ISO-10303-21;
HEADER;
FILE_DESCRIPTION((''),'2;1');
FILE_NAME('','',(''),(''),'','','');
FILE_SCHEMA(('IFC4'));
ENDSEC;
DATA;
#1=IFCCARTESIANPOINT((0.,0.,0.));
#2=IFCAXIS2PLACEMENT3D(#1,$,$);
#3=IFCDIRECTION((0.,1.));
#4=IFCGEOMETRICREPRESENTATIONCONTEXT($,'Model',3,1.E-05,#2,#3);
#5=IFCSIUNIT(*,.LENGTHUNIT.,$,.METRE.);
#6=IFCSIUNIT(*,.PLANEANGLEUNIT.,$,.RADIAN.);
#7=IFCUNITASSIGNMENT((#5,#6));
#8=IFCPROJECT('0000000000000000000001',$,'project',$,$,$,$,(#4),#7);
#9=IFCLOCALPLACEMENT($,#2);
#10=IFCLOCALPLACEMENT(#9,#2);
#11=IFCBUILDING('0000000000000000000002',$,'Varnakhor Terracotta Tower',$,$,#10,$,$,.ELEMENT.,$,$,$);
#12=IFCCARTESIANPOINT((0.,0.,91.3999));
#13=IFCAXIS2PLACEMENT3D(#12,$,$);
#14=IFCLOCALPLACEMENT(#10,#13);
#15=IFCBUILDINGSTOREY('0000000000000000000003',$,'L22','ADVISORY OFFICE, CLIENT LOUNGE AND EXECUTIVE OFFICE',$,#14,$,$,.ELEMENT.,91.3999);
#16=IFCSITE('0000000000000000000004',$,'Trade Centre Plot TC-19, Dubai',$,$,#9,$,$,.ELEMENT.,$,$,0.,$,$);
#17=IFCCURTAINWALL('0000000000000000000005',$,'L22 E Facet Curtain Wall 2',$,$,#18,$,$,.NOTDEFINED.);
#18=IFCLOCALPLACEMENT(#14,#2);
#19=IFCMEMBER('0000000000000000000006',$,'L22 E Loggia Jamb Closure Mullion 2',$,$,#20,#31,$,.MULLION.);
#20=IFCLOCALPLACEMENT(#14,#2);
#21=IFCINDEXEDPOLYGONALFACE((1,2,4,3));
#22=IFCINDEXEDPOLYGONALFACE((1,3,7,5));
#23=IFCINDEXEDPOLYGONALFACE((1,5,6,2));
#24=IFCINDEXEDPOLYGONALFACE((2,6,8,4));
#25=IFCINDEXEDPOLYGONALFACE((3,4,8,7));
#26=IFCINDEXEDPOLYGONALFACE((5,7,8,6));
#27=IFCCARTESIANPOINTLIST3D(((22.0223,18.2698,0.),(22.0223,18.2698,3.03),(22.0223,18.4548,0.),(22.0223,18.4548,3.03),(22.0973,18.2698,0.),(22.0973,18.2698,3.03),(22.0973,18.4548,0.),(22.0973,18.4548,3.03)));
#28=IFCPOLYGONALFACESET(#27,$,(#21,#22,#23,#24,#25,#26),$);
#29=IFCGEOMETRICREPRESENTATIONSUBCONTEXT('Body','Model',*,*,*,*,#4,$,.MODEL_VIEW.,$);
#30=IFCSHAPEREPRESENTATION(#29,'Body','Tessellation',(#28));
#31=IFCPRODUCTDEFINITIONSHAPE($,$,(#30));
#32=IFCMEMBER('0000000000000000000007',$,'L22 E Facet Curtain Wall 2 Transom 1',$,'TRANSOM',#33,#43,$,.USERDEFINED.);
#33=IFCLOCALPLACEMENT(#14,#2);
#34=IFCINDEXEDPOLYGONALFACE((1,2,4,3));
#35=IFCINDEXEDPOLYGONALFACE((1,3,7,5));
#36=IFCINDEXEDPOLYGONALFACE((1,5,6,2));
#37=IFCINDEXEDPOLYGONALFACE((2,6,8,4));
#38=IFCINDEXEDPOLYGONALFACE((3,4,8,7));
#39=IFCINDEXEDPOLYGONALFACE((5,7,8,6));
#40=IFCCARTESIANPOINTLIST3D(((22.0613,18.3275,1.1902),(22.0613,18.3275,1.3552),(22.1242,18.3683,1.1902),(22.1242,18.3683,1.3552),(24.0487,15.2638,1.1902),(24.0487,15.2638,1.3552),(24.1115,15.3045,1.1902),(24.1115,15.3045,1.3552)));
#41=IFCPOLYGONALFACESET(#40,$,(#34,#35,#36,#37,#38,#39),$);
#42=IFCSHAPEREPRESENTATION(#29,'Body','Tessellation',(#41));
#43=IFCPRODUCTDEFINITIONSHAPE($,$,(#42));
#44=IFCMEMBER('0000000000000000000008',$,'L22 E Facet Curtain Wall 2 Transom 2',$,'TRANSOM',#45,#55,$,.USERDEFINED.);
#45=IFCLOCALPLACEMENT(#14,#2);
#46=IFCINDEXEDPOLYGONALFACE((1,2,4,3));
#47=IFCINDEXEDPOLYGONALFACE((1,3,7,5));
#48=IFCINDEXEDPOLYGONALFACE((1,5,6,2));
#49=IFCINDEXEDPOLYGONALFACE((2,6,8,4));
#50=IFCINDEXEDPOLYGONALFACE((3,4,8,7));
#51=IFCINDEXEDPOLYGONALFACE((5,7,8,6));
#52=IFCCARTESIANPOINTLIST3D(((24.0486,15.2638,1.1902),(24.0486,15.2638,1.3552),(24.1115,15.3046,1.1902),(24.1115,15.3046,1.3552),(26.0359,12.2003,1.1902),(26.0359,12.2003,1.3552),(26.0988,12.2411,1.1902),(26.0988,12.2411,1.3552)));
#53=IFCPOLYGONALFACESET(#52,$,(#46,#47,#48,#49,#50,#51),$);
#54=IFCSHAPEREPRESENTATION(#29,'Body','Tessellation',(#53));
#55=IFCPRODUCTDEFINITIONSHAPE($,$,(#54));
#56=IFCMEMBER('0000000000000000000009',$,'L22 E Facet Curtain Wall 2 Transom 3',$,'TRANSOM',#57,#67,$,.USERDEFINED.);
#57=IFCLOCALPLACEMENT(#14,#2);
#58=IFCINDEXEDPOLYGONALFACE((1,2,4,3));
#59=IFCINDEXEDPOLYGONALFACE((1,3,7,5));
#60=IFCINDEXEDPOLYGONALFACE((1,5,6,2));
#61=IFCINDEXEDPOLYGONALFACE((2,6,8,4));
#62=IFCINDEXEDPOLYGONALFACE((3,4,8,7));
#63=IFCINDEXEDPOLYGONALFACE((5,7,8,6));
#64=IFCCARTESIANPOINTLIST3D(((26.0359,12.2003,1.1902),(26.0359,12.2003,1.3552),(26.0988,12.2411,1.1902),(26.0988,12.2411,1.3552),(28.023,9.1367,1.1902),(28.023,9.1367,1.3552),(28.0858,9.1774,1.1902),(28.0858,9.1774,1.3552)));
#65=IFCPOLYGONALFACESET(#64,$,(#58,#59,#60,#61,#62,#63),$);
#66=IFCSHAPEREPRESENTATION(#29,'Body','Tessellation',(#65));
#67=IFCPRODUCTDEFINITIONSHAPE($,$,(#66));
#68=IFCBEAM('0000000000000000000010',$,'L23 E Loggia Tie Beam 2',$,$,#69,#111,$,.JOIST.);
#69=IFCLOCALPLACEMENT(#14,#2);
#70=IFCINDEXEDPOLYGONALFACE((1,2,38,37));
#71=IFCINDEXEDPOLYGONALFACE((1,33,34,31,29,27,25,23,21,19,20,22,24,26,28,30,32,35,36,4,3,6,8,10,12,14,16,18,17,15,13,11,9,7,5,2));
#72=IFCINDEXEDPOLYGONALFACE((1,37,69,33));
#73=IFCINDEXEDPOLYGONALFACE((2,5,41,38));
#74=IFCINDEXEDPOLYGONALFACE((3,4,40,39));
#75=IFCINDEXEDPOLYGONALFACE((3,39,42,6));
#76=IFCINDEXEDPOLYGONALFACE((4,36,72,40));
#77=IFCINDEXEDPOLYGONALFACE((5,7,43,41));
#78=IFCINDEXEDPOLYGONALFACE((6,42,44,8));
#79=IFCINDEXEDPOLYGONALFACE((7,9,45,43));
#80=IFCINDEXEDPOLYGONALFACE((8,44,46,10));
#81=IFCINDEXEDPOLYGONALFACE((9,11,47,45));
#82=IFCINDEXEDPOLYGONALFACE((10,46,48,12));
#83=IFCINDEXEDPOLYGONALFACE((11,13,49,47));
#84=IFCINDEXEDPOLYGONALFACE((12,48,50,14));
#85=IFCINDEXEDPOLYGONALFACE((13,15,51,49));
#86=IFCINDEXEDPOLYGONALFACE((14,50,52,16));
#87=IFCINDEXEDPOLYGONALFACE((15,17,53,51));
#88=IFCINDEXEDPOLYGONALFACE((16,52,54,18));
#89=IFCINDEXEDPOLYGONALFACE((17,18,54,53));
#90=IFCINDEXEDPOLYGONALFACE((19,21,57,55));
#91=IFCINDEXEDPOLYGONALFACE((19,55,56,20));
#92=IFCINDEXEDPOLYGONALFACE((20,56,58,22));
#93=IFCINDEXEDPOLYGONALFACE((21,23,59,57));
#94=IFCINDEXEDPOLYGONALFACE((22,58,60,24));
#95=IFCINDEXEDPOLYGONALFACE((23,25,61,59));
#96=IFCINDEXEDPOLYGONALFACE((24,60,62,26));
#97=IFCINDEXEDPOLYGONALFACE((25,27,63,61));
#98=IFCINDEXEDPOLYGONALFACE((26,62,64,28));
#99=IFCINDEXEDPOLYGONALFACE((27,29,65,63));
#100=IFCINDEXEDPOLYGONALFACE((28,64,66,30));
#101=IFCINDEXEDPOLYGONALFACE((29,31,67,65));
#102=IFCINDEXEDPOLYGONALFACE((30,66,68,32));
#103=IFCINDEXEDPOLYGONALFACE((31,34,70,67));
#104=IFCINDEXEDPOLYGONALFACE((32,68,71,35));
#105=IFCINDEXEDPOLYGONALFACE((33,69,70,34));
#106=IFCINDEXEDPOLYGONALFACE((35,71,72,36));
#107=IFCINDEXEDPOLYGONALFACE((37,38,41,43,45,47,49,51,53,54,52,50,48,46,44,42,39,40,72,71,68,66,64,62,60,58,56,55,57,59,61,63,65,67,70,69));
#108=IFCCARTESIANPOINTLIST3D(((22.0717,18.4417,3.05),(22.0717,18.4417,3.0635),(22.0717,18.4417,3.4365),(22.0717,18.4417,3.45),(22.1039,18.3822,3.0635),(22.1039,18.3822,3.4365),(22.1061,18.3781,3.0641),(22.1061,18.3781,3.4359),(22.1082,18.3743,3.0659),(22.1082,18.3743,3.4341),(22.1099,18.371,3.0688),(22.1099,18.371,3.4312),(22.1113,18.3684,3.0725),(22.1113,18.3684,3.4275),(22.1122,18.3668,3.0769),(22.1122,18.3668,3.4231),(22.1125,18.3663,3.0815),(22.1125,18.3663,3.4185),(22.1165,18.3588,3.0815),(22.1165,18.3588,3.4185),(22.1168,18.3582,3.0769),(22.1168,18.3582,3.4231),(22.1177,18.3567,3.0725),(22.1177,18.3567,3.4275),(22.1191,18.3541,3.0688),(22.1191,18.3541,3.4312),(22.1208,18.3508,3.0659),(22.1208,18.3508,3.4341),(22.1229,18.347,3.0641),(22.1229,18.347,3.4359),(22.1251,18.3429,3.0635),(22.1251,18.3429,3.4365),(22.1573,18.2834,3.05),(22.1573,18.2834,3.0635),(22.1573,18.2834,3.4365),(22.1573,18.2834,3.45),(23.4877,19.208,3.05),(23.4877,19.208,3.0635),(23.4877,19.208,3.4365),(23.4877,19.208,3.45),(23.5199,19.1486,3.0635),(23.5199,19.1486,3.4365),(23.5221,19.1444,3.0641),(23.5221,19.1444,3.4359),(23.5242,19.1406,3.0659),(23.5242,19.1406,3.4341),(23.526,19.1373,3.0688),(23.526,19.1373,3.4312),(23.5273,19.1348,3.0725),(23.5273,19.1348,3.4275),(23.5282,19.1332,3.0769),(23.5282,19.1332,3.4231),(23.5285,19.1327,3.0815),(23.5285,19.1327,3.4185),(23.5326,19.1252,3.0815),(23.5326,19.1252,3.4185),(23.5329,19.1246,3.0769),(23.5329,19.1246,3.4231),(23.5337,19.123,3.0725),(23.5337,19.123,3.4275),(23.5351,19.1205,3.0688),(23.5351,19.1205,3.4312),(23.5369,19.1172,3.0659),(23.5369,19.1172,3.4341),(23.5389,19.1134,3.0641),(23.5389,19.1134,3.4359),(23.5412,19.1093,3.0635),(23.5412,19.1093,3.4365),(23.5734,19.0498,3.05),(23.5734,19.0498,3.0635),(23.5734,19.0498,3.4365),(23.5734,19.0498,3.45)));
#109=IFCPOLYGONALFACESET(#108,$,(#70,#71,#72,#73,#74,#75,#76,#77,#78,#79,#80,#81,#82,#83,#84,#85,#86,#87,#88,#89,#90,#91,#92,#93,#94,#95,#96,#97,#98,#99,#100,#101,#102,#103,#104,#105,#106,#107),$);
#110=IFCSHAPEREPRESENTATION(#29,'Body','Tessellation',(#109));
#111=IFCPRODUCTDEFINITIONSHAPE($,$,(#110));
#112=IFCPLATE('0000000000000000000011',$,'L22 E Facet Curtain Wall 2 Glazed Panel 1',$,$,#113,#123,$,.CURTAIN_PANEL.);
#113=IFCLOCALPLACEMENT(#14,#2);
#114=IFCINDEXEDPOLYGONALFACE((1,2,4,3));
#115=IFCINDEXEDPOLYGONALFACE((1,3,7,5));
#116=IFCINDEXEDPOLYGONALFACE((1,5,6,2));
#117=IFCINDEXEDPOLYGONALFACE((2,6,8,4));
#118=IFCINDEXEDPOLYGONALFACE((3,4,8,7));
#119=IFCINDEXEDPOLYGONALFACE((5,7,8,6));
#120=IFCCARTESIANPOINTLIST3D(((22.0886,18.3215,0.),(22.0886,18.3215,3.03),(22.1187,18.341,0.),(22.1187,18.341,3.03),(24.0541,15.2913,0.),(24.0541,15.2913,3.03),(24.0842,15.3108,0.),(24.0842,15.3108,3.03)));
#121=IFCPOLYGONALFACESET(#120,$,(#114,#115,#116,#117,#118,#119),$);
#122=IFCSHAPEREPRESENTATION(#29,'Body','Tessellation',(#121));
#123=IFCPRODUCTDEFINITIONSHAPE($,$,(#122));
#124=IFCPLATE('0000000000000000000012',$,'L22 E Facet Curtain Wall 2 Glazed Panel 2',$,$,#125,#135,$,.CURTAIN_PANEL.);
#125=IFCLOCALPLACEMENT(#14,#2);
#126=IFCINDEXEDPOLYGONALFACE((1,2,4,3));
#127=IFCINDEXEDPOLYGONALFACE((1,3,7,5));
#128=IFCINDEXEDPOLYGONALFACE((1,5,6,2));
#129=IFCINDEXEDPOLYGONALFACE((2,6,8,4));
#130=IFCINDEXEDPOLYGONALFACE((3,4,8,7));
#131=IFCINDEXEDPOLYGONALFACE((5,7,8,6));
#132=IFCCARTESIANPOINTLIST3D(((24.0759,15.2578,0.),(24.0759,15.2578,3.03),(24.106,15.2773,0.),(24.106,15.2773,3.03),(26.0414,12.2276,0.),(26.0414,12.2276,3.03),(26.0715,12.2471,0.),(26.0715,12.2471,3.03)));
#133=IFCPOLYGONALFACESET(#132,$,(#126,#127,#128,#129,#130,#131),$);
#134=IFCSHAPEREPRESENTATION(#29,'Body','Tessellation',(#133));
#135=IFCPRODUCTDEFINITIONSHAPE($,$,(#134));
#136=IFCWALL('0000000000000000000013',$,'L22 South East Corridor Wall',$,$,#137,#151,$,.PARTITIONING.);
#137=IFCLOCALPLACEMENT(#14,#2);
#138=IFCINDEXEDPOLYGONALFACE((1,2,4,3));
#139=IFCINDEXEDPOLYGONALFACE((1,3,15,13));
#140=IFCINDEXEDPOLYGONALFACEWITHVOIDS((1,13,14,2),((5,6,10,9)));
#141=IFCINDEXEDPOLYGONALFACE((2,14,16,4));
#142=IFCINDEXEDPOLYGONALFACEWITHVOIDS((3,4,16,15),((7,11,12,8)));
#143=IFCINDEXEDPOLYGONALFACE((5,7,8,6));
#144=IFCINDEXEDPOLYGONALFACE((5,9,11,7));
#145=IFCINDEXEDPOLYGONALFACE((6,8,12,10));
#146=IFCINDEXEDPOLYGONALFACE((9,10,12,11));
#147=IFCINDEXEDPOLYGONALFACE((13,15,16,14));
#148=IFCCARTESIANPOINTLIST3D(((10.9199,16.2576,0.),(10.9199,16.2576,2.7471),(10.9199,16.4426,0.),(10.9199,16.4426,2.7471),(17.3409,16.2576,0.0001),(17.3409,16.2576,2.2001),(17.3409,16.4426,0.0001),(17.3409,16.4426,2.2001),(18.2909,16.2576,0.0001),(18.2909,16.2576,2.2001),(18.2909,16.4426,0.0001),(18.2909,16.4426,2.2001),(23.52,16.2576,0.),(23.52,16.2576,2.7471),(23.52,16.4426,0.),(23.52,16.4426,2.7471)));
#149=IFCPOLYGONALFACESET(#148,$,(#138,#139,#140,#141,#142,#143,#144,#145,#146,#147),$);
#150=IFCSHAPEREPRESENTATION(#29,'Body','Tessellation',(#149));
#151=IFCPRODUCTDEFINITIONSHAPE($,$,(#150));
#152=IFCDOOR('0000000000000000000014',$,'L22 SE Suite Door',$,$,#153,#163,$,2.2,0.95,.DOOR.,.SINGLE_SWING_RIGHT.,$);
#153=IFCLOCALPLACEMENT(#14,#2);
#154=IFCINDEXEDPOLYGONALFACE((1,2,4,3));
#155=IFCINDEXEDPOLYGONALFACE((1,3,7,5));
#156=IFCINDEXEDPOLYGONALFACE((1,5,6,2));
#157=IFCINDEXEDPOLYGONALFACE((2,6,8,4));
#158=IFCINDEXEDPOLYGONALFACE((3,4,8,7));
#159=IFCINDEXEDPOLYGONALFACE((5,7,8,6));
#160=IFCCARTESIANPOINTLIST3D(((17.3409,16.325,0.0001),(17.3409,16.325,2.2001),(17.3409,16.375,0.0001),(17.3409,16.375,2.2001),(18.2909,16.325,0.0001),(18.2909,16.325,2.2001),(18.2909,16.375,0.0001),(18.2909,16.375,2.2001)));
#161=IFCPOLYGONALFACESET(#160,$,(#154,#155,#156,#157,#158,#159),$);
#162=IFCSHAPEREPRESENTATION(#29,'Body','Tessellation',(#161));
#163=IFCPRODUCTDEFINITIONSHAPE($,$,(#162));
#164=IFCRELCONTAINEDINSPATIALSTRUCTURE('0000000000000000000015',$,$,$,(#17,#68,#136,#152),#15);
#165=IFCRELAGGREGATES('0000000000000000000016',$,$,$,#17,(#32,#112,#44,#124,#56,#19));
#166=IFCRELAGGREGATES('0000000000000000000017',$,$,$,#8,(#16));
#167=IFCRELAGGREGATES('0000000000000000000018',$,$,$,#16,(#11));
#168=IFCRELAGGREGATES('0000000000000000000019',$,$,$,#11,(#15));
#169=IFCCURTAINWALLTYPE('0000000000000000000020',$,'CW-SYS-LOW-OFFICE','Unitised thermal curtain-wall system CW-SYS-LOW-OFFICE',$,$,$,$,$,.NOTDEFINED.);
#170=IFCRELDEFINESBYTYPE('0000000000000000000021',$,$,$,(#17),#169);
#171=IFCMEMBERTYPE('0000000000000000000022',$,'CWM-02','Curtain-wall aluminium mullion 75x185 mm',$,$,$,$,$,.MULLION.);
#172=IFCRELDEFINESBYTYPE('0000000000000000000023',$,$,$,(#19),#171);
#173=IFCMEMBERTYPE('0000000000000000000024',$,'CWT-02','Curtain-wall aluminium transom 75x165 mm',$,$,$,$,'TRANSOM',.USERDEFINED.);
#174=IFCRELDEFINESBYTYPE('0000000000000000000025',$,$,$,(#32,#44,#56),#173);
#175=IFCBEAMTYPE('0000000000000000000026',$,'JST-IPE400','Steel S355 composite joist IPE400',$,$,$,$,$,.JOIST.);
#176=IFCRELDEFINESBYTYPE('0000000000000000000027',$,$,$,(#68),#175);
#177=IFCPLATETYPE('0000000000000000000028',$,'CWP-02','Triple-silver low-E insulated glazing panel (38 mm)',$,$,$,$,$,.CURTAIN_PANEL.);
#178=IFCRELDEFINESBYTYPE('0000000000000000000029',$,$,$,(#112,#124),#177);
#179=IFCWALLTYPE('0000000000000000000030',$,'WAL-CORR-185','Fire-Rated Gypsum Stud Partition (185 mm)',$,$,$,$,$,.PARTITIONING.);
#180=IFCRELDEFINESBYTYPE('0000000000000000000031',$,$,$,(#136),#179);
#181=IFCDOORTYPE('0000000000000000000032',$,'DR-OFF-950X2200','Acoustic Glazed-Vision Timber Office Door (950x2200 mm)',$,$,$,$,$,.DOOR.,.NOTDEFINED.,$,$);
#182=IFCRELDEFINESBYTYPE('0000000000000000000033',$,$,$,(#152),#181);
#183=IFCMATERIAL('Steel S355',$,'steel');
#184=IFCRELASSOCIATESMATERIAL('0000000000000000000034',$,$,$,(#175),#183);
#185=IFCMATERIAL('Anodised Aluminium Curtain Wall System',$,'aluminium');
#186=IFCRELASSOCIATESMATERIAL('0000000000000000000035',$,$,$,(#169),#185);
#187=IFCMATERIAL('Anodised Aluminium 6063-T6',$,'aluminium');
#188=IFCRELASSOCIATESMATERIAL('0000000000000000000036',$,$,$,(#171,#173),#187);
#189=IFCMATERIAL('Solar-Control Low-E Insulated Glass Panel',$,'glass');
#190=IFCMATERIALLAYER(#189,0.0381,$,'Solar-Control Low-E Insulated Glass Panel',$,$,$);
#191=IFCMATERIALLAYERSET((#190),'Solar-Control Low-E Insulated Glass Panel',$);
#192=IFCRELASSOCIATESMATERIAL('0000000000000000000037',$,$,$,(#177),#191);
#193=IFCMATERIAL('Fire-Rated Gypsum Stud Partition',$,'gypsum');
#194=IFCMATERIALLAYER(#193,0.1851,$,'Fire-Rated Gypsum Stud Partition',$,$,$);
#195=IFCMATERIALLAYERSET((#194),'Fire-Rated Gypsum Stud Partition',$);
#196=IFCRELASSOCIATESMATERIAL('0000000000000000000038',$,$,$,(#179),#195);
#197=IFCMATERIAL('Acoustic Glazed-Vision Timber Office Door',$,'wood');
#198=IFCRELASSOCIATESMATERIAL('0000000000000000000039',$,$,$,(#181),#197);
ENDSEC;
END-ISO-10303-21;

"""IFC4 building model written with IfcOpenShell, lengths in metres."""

from ifc_helpers import new_model, si_unit, direction, frame, frame_2d, origin, origin_2d, place, context, subcontext, project, spatial, rectangle, i_section, extrude, source, transform, mapped, material, layer, layer_set, material_profile, profile_set, type_object, type_shapes, element, fill, aggregate, save


model = new_model("IFC4")

# Units and contexts
model_context = context("Model", 3, precision=1e-05, world=origin(), true_north=direction((0.0, 1.0)))
body_context = subcontext(model_context, "Body", "Model", "MODEL_VIEW")
ifc_project = project(units=[si_unit("LENGTHUNIT", "METRE"), si_unit("PLANEANGLEUNIT", "RADIAN")], contexts=[model_context])

# Site, building, storey
site_placement = place(None, origin())
site = spatial("IfcSite", under=ifc_project, at=site_placement, Name="Trade Centre Plot TC-19, Dubai", CompositionType="ELEMENT", RefElevation=0.0)
building_placement = place(site_placement, origin())
building = spatial("IfcBuilding", under=site, at=building_placement, Name="Varnakhor Terracotta Tower", CompositionType="ELEMENT")
storey_placement = place(building_placement, frame((0.0, 0.0, 91.3999)))
storey = spatial("IfcBuildingStorey", under=building, at=storey_placement, Name="L22", Description="ADVISORY OFFICE, CLIENT LOUNGE AND EXECUTIVE OFFICE", CompositionType="ELEMENT", Elevation=91.3999)

# Shared definitions
ifc_material_1 = material(Name="Steel S355", Category="steel")
ifc_material_profile_1 = material_profile(ifc_material_1, i_section(OverallWidth=0.1799, OverallDepth=0.3999, WebThickness=0.0085, FlangeThickness=0.0134, FilletRadius=0.0181, at=origin_2d()), Name="IPE400")
ifc_profile_set_1 = profile_set([ifc_material_profile_1], Name="Steel S355")
beam_type_1 = type_object("IfcBeamType", Name="JST-IPE400", Description="Steel S355 composite joist IPE400", PredefinedType="JOIST", material=ifc_profile_set_1)

# Curtain wall, members
ifc_material_2 = material(Name="Anodised Aluminium Curtain Wall System", Category="aluminium")
curtain_wall_type = type_object("IfcCurtainWallType", Name="CW-SYS-LOW-OFFICE", Description="Unitised thermal curtain-wall system CW-SYS-LOW-OFFICE", PredefinedType="NOTDEFINED", material=ifc_material_2)
curtain_wall_placement = place(storey_placement, origin())
curtain_wall = element("IfcCurtainWall", 1, at=curtain_wall_placement, inside=storey, type_object=curtain_wall_type, Name="L22 E Facet Curtain Wall 2", PredefinedType="NOTDEFINED")
ifc_material_3 = material(Name="Anodised Aluminium 6063-T6", Category="aluminium")
ifc_material_profile_2 = material_profile(ifc_material_3, rectangle(XDim=0.075, YDim=0.1851, at=origin_2d()), Name="ALU MULLION 75x185")
ifc_profile_set_2 = profile_set([ifc_material_profile_2], Name="Anodised Aluminium 6063-T6")
member_type_1 = type_object("IfcMemberType", Name="CWM-02", Description="Curtain-wall aluminium mullion 75x185 mm", PredefinedType="MULLION", material=ifc_profile_set_2)
shared_shape_1 = source(origin(), body_context, "Body", "SweptSolid", [
    extrude(rectangle(XDim=0.075, YDim=0.1851, at=origin_2d()), origin(), (0.0, 0.0, 1.0), 3.03),
])
type_shapes(member_type_1, [shared_shape_1])
member_1_placement = place(storey_placement, frame((22.0598, 18.3623, 0.0), z_axis=(0.0, 0.0, 1.0), x_axis=(1.0, 0.0, 0.0)))
member_1 = element("IfcMember", 2, at=member_1_placement, type_object=member_type_1, Name="L22 E Loggia Jamb Closure Mullion 2", PredefinedType="MULLION", context=body_context, shape_type="MappedRepresentation", body=[
    mapped(shared_shape_1, transform((0.0, 0.0, 0.0), scale=1.0)),
])
ifc_material_profile_3 = material_profile(ifc_material_3, rectangle(XDim=0.075, YDim=0.165, at=origin_2d()), Name="ALU TRANSOM 75x165")
ifc_profile_set_3 = profile_set([ifc_material_profile_3], Name="Anodised Aluminium 6063-T6")
member_type_2 = type_object("IfcMemberType", Name="CWT-02", Description="Curtain-wall aluminium transom 75x165 mm", ElementType="TRANSOM", PredefinedType="USERDEFINED", material=ifc_profile_set_3)
shared_shape_2 = source(origin(), body_context, "Body", "SweptSolid", [
    extrude(rectangle(XDim=0.075, YDim=0.165, at=origin_2d()), origin(), (0.0, 0.0, 1.0), 3.6519),
])
member_2_placement = place(storey_placement, frame((22.0928, 18.3479, 1.2727), z_axis=(0.544196, -0.838958, 0.0), x_axis=(0.838958, 0.544196, 0.0)))
member_2 = element("IfcMember", 3, at=member_2_placement, type_object=member_type_2, Name="L22 E Facet Curtain Wall 2 Transom 1", ObjectType="TRANSOM", PredefinedType="USERDEFINED", context=body_context, shape_type="MappedRepresentation", body=[
    mapped(shared_shape_2, transform((0.0, 0.0, 0.0), scale=1.0)),
])
shared_shape_3 = source(origin(), body_context, "Body", "SweptSolid", [
    extrude(rectangle(XDim=0.075, YDim=0.165, at=origin_2d()), origin(), (0.0, 0.0, 1.0), 3.6516),
])
member_3_placement = place(storey_placement, frame((24.0801, 15.2842, 1.2727), z_axis=(0.544227, -0.838938, 0.0), x_axis=(0.838938, 0.544227, 0.0)))
member_3 = element("IfcMember", 4, at=member_3_placement, type_object=member_type_2, Name="L22 E Facet Curtain Wall 2 Transom 2", ObjectType="TRANSOM", PredefinedType="USERDEFINED", context=body_context, shape_type="MappedRepresentation", body=[
    mapped(shared_shape_3, transform((0.0, 0.0, 0.0), scale=1.0)),
])
member_4_placement = place(storey_placement, frame((26.0674, 12.2207, 1.2727), z_axis=(0.544149, -0.838989, 0.0), x_axis=(0.838989, 0.544149, 0.0)))
member_4 = element("IfcMember", 5, at=member_4_placement, type_object=member_type_2, Name="L22 E Facet Curtain Wall 2 Transom 3", ObjectType="TRANSOM", PredefinedType="USERDEFINED", context=body_context, shape_type="MappedRepresentation", body=[
    mapped(shared_shape_3, transform((0.0, 0.0, 0.0), scale=1.0)),
])

# Beam
shared_shape_4 = source(origin(), body_context, "Body", "SweptSolid", [
    extrude(i_section(OverallWidth=0.1799, OverallDepth=0.3999, WebThickness=0.0085, FlangeThickness=0.0134, FilletRadius=0.0181, at=origin_2d()), origin(), (0.0, 0.0, 1.0), 1.6101),
])
beam_1_placement = place(storey_placement, frame((22.1145, 18.3625, 3.25), z_axis=(0.879461, 0.47597, 0.0), x_axis=(-0.47597, 0.879461, 0.0)))
element("IfcBeam", 6, at=beam_1_placement, inside=storey, type_object=beam_type_1, Name="L23 E Loggia Tie Beam 2", PredefinedType="JOIST", context=body_context, shape_type="MappedRepresentation", body=[
    mapped(shared_shape_4, transform((0.0, 0.0, 0.0), scale=1.0)),
])

# Plates
ifc_material_4 = material(Name="Solar-Control Low-E Insulated Glass Panel", Category="glass")
ifc_layer_1 = layer(ifc_material_4, 0.0381, Name="Solar-Control Low-E Insulated Glass Panel")
ifc_layer_set_1 = layer_set([ifc_layer_1], Name="Solar-Control Low-E Insulated Glass Panel")
plate_type = type_object("IfcPlateType", Name="CWP-02", Description="Triple-silver low-E insulated glazing panel (38 mm)", PredefinedType="CURTAIN_PANEL", material=ifc_layer_set_1)
shared_shape_5 = source(origin(), body_context, "Body", "SweptSolid", [
    extrude(rectangle(XDim=3.6118, YDim=0.0359, at=origin_2d()), origin(), (0.0, 0.0, 1.0), 3.03),
])
plate_1_placement = place(storey_placement, frame((23.0864, 16.8162, 0.0), z_axis=(0.0, 0.0, 1.0), x_axis=(0.544185, -0.838965, 0.0)))
plate_1 = element("IfcPlate", 7, at=plate_1_placement, type_object=plate_type, Name="L22 E Facet Curtain Wall 2 Glazed Panel 1", PredefinedType="CURTAIN_PANEL", context=body_context, shape_type="MappedRepresentation", body=[
    mapped(shared_shape_5, transform((0.0, 0.0, 0.0), scale=1.0)),
])
plate_2_placement = place(storey_placement, frame((25.0737, 13.7524, 0.0), z_axis=(0.0, 0.0, 1.0), x_axis=(0.544185, -0.838965, 0.0)))
plate_2 = element("IfcPlate", 8, at=plate_2_placement, type_object=plate_type, Name="L22 E Facet Curtain Wall 2 Glazed Panel 2", PredefinedType="CURTAIN_PANEL", context=body_context, shape_type="MappedRepresentation", body=[
    mapped(shared_shape_5, transform((0.0, 0.0, 0.0), scale=1.0)),
])
aggregate(curtain_wall, [member_2, plate_1, member_3, plate_2, member_4, member_1])

# Wall, opening, door
ifc_material_5 = material(Name="Fire-Rated Gypsum Stud Partition", Category="gypsum")
ifc_layer_2 = layer(ifc_material_5, 0.1851, Name="Fire-Rated Gypsum Stud Partition")
ifc_layer_set_2 = layer_set([ifc_layer_2], Name="Fire-Rated Gypsum Stud Partition")
wall_type_1 = type_object("IfcWallType", Name="WAL-CORR-185", Description="Fire-Rated Gypsum Stud Partition (185 mm)", PredefinedType="PARTITIONING", material=ifc_layer_set_2)
wall_1_placement = place(storey_placement, frame((10.9199, 16.3501, 0.0), z_axis=(0.0, 0.0, 1.0), x_axis=(1.0, 0.0, 0.0)))
wall_1 = element("IfcWall", 9, at=wall_1_placement, inside=storey, type_object=wall_type_1, Name="L22 South East Corridor Wall", PredefinedType="PARTITIONING", context=body_context, shape_type="SweptSolid", body=[
    extrude(rectangle(XDim=12.6001, YDim=0.1851, at=frame_2d((6.3, 0.0))), origin(), (0.0, 0.0, 1.0), 2.7471),
])
opening_1_placement = place(wall_1_placement, frame((6.4209, 0.0, 0.0)))
opening_1 = element("IfcOpeningElement", 10, at=opening_1_placement, cuts=wall_1, PredefinedType="OPENING", context=body_context, shape_type="SweptSolid", body=[
    extrude(rectangle(XDim=0.95, YDim=2.2, at=frame_2d((0.4751, 1.1001))), frame((0.0, 0.1025, 0.0), z_axis=(0.0, -1.0, 0.0), x_axis=(1.0, 0.0, 0.0)), (0.0, 0.0, 1.0), 0.2051),
])
ifc_material_6 = material(Name="Acoustic Glazed-Vision Timber Office Door", Category="wood")
door_type = type_object("IfcDoorType", Name="DR-OFF-950X2200", Description="Acoustic Glazed-Vision Timber Office Door (950x2200 mm)", OperationType="NOTDEFINED", PredefinedType="DOOR", material=ifc_material_6)
shared_shape_6 = source(origin(), body_context, "Body", "SweptSolid", [
    extrude(rectangle(XDim=0.95, YDim=2.2, at=frame_2d((0.4751, 1.1001))), frame((0.0, 0.0249, 0.0), z_axis=(0.0, -1.0, 0.0), x_axis=(1.0, 0.0, 0.0)), (0.0, 0.0, 1.0), 0.05),
])
type_shapes(door_type, [shared_shape_6])
door_1_placement = place(opening_1_placement, origin())
door_1 = element("IfcDoor", 11, at=door_1_placement, inside=storey, type_object=door_type, Name="L22 SE Suite Door", OperationType="SINGLE_SWING_RIGHT", OverallHeight=2.2, OverallWidth=0.95, PredefinedType="DOOR", context=body_context, shape_type="MappedRepresentation", body=[
    mapped(shared_shape_6, transform((0.0, 0.0, 0.0), scale=1.0)),
])
fill(opening_1, door_1)

save(model, "model.ifc")
